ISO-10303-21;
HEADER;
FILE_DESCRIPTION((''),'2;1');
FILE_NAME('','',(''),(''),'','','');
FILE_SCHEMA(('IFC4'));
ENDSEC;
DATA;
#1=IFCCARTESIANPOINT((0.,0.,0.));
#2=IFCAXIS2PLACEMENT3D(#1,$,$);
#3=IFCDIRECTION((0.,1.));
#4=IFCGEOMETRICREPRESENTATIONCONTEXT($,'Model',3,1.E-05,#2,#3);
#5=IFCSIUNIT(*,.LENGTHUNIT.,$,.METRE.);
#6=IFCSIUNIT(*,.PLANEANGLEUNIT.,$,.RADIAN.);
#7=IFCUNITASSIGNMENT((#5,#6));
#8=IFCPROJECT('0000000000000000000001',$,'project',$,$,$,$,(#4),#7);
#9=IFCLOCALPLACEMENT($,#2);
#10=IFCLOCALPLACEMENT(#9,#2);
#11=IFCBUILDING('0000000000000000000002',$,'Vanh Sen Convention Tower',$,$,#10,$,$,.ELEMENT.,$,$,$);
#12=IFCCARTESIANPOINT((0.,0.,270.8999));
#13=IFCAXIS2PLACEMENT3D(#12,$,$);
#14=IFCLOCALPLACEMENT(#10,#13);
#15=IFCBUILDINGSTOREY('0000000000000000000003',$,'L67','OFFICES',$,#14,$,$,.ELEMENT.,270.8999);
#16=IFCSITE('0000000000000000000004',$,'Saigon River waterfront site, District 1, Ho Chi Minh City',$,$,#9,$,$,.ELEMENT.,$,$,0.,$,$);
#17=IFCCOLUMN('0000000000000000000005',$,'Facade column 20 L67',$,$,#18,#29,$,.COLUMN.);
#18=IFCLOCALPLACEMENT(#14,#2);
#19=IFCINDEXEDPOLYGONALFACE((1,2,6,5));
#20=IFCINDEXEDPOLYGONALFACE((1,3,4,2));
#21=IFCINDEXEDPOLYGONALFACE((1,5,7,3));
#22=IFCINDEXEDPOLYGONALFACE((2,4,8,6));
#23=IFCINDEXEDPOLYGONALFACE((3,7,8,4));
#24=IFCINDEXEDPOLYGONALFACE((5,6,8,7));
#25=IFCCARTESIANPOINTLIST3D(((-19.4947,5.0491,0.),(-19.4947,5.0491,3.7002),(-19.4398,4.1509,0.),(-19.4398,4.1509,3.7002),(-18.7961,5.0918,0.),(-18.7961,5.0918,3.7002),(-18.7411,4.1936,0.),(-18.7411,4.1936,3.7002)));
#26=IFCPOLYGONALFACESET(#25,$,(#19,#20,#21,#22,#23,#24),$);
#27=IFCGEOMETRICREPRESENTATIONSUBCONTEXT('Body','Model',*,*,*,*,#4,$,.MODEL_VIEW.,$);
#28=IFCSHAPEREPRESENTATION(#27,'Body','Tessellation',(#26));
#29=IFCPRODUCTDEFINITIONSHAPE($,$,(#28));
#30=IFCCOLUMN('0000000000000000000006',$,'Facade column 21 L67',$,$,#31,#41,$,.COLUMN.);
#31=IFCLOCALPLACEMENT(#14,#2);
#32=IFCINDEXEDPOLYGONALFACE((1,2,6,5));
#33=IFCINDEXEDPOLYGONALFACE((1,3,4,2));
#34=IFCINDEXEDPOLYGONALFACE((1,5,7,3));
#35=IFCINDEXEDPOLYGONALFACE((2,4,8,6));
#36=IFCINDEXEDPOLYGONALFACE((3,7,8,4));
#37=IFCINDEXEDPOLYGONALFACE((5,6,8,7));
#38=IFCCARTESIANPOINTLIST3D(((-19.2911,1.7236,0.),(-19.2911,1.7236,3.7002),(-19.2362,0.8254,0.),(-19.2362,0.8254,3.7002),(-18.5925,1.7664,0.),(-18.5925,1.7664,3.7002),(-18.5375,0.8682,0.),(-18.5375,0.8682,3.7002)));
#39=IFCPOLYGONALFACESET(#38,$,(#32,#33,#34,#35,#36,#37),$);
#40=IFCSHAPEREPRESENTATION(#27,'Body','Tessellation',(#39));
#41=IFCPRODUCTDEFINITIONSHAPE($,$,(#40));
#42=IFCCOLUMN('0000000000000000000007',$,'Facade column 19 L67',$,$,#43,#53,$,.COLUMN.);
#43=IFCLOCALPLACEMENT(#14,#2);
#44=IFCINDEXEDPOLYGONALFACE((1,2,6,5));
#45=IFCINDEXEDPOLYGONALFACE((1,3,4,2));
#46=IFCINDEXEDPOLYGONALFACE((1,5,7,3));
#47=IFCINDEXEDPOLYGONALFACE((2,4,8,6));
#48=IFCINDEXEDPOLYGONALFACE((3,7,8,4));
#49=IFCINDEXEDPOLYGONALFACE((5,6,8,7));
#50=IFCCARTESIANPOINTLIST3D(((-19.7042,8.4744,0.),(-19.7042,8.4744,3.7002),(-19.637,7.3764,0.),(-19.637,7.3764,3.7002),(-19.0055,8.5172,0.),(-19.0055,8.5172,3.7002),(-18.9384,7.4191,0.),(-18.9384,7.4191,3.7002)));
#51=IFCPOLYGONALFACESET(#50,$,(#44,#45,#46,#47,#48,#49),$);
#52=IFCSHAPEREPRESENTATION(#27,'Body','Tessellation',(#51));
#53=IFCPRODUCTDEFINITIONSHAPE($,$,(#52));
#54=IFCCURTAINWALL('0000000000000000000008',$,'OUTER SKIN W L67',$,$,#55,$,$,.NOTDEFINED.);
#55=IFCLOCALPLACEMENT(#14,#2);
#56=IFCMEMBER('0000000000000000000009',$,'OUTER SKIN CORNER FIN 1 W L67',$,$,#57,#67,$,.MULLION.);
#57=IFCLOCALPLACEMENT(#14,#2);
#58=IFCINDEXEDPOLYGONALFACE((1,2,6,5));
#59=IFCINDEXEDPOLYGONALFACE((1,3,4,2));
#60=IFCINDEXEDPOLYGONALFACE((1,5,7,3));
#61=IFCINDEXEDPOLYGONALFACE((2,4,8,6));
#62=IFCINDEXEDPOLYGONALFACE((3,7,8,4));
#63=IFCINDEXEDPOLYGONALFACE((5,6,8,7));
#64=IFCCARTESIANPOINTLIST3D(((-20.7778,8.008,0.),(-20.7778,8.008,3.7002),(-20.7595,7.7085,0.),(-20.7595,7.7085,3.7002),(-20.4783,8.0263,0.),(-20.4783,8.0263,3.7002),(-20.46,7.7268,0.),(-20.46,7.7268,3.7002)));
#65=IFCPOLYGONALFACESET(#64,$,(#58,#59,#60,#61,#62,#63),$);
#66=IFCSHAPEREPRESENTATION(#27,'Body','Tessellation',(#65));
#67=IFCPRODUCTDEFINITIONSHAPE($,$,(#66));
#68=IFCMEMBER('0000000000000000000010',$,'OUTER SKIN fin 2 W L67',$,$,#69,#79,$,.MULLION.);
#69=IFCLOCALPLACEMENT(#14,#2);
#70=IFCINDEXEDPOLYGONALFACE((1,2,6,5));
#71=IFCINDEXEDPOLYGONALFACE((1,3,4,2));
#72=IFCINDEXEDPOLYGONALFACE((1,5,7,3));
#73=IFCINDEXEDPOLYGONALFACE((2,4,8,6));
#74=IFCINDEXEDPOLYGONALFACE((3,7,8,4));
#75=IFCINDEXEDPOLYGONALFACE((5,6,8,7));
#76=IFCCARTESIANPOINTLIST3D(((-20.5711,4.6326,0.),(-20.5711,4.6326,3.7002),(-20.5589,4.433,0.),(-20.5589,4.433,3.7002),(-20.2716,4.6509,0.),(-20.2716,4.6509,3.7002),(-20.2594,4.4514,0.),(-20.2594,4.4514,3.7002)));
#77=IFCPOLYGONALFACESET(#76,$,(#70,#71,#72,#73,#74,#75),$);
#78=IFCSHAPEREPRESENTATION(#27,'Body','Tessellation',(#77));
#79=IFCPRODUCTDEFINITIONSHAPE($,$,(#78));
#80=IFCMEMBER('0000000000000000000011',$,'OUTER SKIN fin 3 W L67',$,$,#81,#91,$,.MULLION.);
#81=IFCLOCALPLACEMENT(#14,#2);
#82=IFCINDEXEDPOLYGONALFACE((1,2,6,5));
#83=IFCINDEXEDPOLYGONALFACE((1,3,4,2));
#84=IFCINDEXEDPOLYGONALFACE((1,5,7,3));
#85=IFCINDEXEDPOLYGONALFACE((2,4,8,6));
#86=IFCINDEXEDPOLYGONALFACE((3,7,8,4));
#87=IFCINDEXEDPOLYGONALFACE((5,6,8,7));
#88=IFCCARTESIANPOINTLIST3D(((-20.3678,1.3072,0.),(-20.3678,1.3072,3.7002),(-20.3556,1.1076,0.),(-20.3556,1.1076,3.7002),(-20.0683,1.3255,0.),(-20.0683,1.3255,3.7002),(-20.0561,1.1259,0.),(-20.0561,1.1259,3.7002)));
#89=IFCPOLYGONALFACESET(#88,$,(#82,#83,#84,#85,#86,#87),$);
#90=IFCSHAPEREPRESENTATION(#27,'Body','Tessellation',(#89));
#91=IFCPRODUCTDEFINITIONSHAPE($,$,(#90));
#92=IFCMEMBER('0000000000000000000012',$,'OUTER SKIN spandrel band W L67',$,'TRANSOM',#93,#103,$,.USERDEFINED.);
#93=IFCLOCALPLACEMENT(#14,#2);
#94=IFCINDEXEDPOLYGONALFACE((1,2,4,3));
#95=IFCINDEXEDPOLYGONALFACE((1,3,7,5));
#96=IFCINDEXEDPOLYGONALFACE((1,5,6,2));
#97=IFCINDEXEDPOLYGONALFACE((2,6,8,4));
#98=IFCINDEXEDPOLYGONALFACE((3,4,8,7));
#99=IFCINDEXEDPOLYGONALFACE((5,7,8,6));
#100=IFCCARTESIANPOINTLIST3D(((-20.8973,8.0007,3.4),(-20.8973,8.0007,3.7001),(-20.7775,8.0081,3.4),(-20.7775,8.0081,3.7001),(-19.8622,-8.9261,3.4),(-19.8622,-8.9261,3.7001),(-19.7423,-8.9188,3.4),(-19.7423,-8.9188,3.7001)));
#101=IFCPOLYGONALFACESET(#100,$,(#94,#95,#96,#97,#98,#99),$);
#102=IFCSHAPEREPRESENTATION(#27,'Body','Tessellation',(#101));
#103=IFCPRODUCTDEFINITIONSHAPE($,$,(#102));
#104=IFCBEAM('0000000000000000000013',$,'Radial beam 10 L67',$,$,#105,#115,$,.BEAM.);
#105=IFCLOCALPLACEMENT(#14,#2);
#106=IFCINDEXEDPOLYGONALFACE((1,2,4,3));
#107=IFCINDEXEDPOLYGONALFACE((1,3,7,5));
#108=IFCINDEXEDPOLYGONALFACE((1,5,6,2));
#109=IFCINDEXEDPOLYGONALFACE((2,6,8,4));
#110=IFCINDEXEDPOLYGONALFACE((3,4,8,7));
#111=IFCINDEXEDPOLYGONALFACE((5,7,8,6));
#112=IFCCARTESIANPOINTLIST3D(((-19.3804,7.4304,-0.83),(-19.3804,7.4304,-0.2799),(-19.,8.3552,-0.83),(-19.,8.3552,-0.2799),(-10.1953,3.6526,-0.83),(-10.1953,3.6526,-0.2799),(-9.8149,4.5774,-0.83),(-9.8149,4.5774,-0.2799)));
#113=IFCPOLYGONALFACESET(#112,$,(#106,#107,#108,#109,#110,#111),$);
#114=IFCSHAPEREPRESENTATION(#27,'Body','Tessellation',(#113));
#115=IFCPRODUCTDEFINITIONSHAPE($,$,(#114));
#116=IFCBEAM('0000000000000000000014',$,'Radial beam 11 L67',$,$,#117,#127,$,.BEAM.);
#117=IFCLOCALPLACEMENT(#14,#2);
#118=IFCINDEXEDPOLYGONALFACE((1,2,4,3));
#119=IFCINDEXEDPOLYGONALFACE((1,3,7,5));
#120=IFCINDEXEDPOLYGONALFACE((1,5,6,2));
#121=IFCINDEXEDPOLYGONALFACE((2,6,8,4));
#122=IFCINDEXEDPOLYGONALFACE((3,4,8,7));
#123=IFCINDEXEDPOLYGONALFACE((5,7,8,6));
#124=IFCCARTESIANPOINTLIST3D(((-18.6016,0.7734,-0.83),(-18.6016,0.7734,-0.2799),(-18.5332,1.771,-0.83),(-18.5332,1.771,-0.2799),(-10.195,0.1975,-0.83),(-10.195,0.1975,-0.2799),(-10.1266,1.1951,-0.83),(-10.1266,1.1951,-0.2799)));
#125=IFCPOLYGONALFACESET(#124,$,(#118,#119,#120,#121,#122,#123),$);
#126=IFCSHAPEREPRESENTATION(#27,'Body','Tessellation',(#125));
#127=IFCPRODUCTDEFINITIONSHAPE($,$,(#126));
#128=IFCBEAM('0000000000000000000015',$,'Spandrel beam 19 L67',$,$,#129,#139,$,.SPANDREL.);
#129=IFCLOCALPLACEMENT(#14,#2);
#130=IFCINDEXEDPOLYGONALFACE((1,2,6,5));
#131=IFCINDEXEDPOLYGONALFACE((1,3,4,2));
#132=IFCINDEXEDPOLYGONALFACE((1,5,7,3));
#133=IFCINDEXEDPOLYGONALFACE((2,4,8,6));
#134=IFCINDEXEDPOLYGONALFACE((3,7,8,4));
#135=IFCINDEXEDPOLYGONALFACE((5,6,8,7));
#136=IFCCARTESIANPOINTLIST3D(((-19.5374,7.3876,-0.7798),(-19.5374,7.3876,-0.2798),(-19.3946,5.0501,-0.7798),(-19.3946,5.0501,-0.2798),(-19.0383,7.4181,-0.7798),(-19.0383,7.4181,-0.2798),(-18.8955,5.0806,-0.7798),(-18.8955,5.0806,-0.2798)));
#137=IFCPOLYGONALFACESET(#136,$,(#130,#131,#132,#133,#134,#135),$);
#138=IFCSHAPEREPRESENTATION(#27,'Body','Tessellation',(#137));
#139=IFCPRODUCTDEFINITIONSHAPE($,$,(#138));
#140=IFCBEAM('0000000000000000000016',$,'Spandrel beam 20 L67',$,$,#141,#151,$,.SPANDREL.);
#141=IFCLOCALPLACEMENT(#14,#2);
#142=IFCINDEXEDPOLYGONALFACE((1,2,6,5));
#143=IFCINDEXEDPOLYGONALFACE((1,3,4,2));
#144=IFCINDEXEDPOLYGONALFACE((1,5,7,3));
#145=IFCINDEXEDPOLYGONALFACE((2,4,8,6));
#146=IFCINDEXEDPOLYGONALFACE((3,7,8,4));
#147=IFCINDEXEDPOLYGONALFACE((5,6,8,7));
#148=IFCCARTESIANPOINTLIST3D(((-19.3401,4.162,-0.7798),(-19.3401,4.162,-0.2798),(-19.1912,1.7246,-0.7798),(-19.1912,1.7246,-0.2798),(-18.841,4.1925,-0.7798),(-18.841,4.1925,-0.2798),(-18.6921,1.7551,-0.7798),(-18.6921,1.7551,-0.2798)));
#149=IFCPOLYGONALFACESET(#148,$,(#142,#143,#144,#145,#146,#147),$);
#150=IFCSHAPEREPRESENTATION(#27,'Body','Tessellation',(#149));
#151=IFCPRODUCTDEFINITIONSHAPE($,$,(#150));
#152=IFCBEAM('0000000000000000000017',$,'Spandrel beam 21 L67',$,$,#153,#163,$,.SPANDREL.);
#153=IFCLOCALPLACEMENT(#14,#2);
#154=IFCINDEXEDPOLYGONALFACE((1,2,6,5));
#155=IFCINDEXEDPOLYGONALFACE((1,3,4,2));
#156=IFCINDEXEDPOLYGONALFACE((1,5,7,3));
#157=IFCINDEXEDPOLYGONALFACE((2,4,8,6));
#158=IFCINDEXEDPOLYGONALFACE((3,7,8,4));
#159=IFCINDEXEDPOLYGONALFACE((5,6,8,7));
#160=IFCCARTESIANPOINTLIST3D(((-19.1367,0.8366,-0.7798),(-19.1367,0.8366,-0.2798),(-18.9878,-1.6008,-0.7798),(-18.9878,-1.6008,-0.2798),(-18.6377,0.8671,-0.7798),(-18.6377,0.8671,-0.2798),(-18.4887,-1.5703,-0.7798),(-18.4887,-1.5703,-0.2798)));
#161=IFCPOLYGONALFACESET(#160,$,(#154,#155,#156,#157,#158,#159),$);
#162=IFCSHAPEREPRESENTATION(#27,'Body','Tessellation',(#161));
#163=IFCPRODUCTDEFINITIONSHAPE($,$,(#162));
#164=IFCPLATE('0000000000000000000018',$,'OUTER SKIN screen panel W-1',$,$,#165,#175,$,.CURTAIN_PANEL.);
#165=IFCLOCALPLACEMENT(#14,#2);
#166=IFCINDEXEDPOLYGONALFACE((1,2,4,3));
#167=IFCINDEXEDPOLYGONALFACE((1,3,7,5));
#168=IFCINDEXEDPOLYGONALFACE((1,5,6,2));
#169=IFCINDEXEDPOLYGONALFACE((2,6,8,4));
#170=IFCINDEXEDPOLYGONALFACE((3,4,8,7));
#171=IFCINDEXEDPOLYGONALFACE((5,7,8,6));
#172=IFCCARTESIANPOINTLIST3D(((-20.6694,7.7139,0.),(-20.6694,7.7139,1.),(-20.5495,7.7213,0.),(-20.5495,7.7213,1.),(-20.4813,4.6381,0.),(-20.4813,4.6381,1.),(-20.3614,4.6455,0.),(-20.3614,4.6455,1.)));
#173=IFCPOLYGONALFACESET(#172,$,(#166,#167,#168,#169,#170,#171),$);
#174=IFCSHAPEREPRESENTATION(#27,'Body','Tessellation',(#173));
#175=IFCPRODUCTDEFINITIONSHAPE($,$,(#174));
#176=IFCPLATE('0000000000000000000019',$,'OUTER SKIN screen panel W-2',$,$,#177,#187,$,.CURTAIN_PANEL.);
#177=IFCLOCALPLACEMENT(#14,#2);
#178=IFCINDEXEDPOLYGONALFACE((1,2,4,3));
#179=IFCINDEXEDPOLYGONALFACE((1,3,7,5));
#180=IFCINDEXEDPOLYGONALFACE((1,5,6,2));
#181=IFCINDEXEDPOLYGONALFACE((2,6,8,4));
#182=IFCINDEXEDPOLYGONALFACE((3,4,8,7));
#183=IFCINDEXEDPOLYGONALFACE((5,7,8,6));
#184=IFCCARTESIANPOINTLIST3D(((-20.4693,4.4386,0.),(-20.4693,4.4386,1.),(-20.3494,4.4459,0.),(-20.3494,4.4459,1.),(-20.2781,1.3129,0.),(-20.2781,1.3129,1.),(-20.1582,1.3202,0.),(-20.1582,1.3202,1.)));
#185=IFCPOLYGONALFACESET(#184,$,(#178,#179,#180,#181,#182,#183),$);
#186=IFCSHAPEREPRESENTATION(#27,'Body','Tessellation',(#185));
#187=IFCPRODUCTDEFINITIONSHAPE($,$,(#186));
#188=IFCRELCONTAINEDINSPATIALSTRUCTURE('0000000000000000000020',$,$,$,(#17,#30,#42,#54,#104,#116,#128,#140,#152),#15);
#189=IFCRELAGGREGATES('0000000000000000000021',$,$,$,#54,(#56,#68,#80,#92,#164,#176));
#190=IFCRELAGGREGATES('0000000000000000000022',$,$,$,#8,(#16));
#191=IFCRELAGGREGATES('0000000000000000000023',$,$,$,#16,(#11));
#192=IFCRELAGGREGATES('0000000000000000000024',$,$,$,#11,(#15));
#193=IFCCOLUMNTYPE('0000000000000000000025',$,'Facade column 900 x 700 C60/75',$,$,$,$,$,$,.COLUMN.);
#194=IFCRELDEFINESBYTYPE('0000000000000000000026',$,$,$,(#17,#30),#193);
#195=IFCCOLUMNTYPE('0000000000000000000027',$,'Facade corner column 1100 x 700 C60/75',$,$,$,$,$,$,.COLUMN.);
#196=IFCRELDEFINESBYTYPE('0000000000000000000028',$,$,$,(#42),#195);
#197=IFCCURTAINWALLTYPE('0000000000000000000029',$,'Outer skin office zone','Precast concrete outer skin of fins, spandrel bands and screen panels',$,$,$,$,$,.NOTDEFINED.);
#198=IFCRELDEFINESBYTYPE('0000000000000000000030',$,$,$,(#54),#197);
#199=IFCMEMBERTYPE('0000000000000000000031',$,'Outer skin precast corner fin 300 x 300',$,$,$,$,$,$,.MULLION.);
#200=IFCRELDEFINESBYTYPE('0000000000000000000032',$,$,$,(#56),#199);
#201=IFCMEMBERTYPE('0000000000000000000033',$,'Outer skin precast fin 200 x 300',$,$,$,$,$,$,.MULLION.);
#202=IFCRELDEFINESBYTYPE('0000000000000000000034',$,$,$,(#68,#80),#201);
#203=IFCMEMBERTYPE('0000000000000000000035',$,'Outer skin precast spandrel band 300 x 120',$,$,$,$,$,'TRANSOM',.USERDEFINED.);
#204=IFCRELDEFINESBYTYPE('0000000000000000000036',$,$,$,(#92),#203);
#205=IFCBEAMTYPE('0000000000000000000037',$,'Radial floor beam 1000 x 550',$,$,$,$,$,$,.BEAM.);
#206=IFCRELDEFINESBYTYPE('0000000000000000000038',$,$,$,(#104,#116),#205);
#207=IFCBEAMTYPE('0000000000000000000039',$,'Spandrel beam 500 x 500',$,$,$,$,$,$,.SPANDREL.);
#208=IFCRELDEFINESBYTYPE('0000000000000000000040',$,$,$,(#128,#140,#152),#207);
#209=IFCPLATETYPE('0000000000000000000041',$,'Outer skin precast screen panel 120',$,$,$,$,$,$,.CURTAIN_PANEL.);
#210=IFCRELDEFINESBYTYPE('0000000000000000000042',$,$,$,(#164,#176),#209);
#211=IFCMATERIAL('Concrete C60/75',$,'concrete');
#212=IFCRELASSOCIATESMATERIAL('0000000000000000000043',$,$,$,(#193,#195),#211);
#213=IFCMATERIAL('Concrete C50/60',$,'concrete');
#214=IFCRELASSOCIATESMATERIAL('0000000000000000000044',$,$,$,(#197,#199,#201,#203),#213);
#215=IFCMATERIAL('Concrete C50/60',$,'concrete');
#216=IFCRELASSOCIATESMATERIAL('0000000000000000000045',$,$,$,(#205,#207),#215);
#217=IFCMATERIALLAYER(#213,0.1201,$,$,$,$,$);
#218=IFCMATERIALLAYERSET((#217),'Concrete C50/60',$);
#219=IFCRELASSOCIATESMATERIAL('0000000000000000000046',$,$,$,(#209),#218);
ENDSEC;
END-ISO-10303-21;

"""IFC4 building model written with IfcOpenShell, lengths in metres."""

from ifc_helpers import new_model, si_unit, direction, frame, origin, origin_2d, place, context, subcontext, project, spatial, rectangle, extrude, material, layer, layer_set, material_profile, profile_set, type_object, element, aggregate, save


model = new_model("IFC4")

# Units and contexts
model_context = context("Model", 3, precision=1e-05, world=origin(), true_north=direction((0.0, 1.0)))
body_context = subcontext(model_context, "Body", "Model", "MODEL_VIEW")
ifc_project = project(units=[si_unit("LENGTHUNIT", "METRE"), si_unit("PLANEANGLEUNIT", "RADIAN")], contexts=[model_context])

# Site, building, storey
site_placement = place(None, origin())
site = spatial("IfcSite", under=ifc_project, at=site_placement, Name="Saigon River waterfront site, District 1, Ho Chi Minh City", CompositionType="ELEMENT", RefElevation=0.0)
building_placement = place(site_placement, origin())
building = spatial("IfcBuilding", under=site, at=building_placement, Name="Vanh Sen Convention Tower", CompositionType="ELEMENT")
storey_placement = place(building_placement, frame((0.0, 0.0, 270.8999)))
storey = spatial("IfcBuildingStorey", under=building, at=storey_placement, Name="L67", Description="OFFICES", CompositionType="ELEMENT", Elevation=270.8999)

# Columns
ifc_material_1 = material(Name="Concrete C60/75", Category="concrete")
ifc_material_profile_1 = material_profile(ifc_material_1, rectangle(XDim=0.8999, YDim=0.7, at=origin_2d()), Name="RC 900X700")
ifc_profile_set_1 = profile_set([ifc_material_profile_1], Name="Concrete C60/75")
column_type_1 = type_object("IfcColumnType", Name="Facade column 900 x 700 C60/75", PredefinedType="COLUMN", material=ifc_profile_set_1)
for number, where, z_axis, x_axis, name in (
    (1, (-19.1179, 4.6213, 0.0), (0.0, 0.0, 1.0), (0.061049, -0.998135, 0.0), "Facade column 20 L67"),
    (2, (-18.9143, 1.2959, 0.0), (0.0, 0.0, 1.0), (0.061049, -0.998135, 0.0), "Facade column 21 L67"),
):
    element("IfcColumn", number, at=place(storey_placement, frame(where, z_axis=z_axis, x_axis=x_axis)), inside=storey, type_object=column_type_1, Name=name, PredefinedType="COLUMN", context=body_context, shape_type="SweptSolid", body=[
        extrude(rectangle(XDim=0.8999, YDim=0.7, at=origin_2d()), origin(), (0.0, 0.0, 1.0), 3.7002),
    ])
ifc_material_profile_2 = material_profile(ifc_material_1, rectangle(XDim=1.1001, YDim=0.7, at=origin_2d()), Name="RC 1100X700")
ifc_profile_set_2 = profile_set([ifc_material_profile_2], Name="Concrete C60/75")
column_type_2 = type_object("IfcColumnType", Name="Facade corner column 1100 x 700 C60/75", PredefinedType="COLUMN", material=ifc_profile_set_2)
column_placement = place(storey_placement, frame((-19.3213, 7.9468, 0.0), z_axis=(0.0, 0.0, 1.0), x_axis=(0.061049, -0.998135, 0.0)))
element("IfcColumn", 3, at=column_placement, inside=storey, type_object=column_type_2, Name="Facade column 19 L67", PredefinedType="COLUMN", context=body_context, shape_type="SweptSolid", body=[
    extrude(rectangle(XDim=1.1001, YDim=0.7, at=origin_2d()), origin(), (0.0, 0.0, 1.0), 3.7002),
])

# Curtain wall, members
ifc_material_2 = material(Name="Concrete C50/60", Category="concrete")
curtain_wall_type = type_object("IfcCurtainWallType", Name="Outer skin office zone", Description="Precast concrete outer skin of fins, spandrel bands and screen panels", PredefinedType="NOTDEFINED", material=ifc_material_2)
curtain_wall_placement = place(storey_placement, origin())
curtain_wall = element("IfcCurtainWall", 4, at=curtain_wall_placement, inside=storey, type_object=curtain_wall_type, Name="OUTER SKIN W L67", PredefinedType="NOTDEFINED")
ifc_material_profile_3 = material_profile(ifc_material_2, rectangle(XDim=0.3, YDim=0.3, at=origin_2d()), Name="Outer skin precast corner fin 300 x 300")
ifc_profile_set_3 = profile_set([ifc_material_profile_3], Name="Concrete C50/60")
member_type_1 = type_object("IfcMemberType", Name="Outer skin precast corner fin 300 x 300", PredefinedType="MULLION", material=ifc_profile_set_3)
member_1_placement = place(storey_placement, frame((-20.6189, 7.8674, 0.0), z_axis=(0.0, 0.0, 1.0), x_axis=(0.061049, -0.998135, 0.0)))
member_1 = element("IfcMember", 5, at=member_1_placement, type_object=member_type_1, Name="OUTER SKIN CORNER FIN 1 W L67", PredefinedType="MULLION", context=body_context, shape_type="SweptSolid", body=[
    extrude(rectangle(XDim=0.3, YDim=0.3, at=origin_2d()), origin(), (0.0, 0.0, 1.0), 3.7002),
])
ifc_material_profile_4 = material_profile(ifc_material_2, rectangle(XDim=0.2, YDim=0.3, at=origin_2d()), Name="Outer skin precast fin 200 x 300")
ifc_profile_set_4 = profile_set([ifc_material_profile_4], Name="Concrete C50/60")
member_type_2 = type_object("IfcMemberType", Name="Outer skin precast fin 200 x 300", PredefinedType="MULLION", material=ifc_profile_set_4)
member_2_placement = place(storey_placement, frame((-20.4153, 4.542, 0.0), z_axis=(0.0, 0.0, 1.0), x_axis=(0.061049, -0.998135, 0.0)))
member_2 = element("IfcMember", 6, at=member_2_placement, type_object=member_type_2, Name="OUTER SKIN fin 2 W L67", PredefinedType="MULLION", context=body_context, shape_type="SweptSolid", body=[
    extrude(rectangle(XDim=0.2, YDim=0.3, at=origin_2d()), origin(), (0.0, 0.0, 1.0), 3.7002),
])
member_3_placement = place(storey_placement, frame((-20.2119, 1.2166, 0.0), z_axis=(0.0, 0.0, 1.0), x_axis=(0.061049, -0.998135, 0.0)))
member_3 = element("IfcMember", 7, at=member_3_placement, type_object=member_type_2, Name="OUTER SKIN fin 3 W L67", PredefinedType="MULLION", context=body_context, shape_type="SweptSolid", body=[
    extrude(rectangle(XDim=0.2, YDim=0.3, at=origin_2d()), origin(), (0.0, 0.0, 1.0), 3.7002),
])
ifc_material_profile_5 = material_profile(ifc_material_2, rectangle(XDim=0.1201, YDim=0.3, at=origin_2d()), Name="Outer skin precast spandrel band 300 x 120")
ifc_profile_set_5 = profile_set([ifc_material_profile_5], Name="Concrete C50/60")
member_type_3 = type_object("IfcMemberType", Name="Outer skin precast spandrel band 300 x 120", ElementType="TRANSOM", PredefinedType="USERDEFINED", material=ifc_profile_set_5)
member_4_placement = place(storey_placement, frame((-20.8374, 8.0044, 3.55), z_axis=(0.061041, -0.998135, 0.0), x_axis=(0.998135, 0.061041, 0.0)))
member_4 = element("IfcMember", 8, at=member_4_placement, type_object=member_type_3, Name="OUTER SKIN spandrel band W L67", ObjectType="TRANSOM", PredefinedType="USERDEFINED", context=body_context, shape_type="SweptSolid", body=[
    extrude(rectangle(XDim=0.1201, YDim=0.3, at=origin_2d()), origin(), (0.0, 0.0, 1.0), 16.9585),
])

# Beams
ifc_material_3 = material(Name="Concrete C50/60", Category="concrete")
ifc_material_profile_6 = material_profile(ifc_material_3, rectangle(XDim=1.0, YDim=0.55, at=origin_2d()), Name="RC 1000X550")
ifc_profile_set_6 = profile_set([ifc_material_profile_6], Name="Concrete C50/60")
beam_type_1 = type_object("IfcBeamType", Name="Radial floor beam 1000 x 550", PredefinedType="BEAM", material=ifc_profile_set_6)
beam_1_placement = place(storey_placement, frame((-19.1902, 7.8928, -0.5549), z_axis=(0.924829, -0.380384, 0.0), x_axis=(0.380384, 0.924829, 0.0)))
element("IfcBeam", 9, at=beam_1_placement, inside=storey, type_object=beam_type_1, Name="Radial beam 10 L67", PredefinedType="BEAM", context=body_context, shape_type="SweptSolid", body=[
    extrude(rectangle(XDim=1.0, YDim=0.55, at=origin_2d()), origin(), (0.0, 0.0, 1.0), 9.9316),
])
beam_2_placement = place(storey_placement, frame((-18.5674, 1.2722, -0.5549), z_axis=(0.997661, -0.06835, 0.0), x_axis=(0.06835, 0.997661, 0.0)))
element("IfcBeam", 10, at=beam_2_placement, inside=storey, type_object=beam_type_1, Name="Radial beam 11 L67", PredefinedType="BEAM", context=body_context, shape_type="SweptSolid", body=[
    extrude(rectangle(XDim=1.0, YDim=0.55, at=origin_2d()), origin(), (0.0, 0.0, 1.0), 8.4263),
])
ifc_material_profile_7 = material_profile(ifc_material_3, rectangle(XDim=0.5, YDim=0.5, at=origin_2d()), Name="RC 500X500")
ifc_profile_set_7 = profile_set([ifc_material_profile_7], Name="Concrete C50/60")
beam_type_2 = type_object("IfcBeamType", Name="Spandrel beam 500 x 500", PredefinedType="SPANDREL", material=ifc_profile_set_7)
beam_3_placement = place(storey_placement, frame((-19.2878, 7.4028, -0.5298), z_axis=(0.060989, -0.998138, 0.0), x_axis=(0.998138, 0.060989, 0.0)))
element("IfcBeam", 11, at=beam_3_placement, inside=storey, type_object=beam_type_2, Name="Spandrel beam 19 L67", PredefinedType="SPANDREL", context=body_context, shape_type="SweptSolid", body=[
    extrude(rectangle(XDim=0.5, YDim=0.5, at=origin_2d()), origin(), (0.0, 0.0, 1.0), 2.3418),
])
for number, where, z_axis, x_axis, name in (
    (12, (-19.0906, 4.1772, -0.5298), (0.06099, -0.998138, 0.0), (0.998138, 0.06099, 0.0), "Spandrel beam 20 L67"),
    (13, (-18.8872, 0.8518, -0.5298), (0.06099, -0.998138, 0.0), (0.998138, 0.06099, 0.0), "Spandrel beam 21 L67"),
):
    element("IfcBeam", number, at=place(storey_placement, frame(where, z_axis=z_axis, x_axis=x_axis)), inside=storey, type_object=beam_type_2, Name=name, PredefinedType="SPANDREL", context=body_context, shape_type="SweptSolid", body=[
        extrude(rectangle(XDim=0.5, YDim=0.5, at=origin_2d()), origin(), (0.0, 0.0, 1.0), 2.4419),
    ])

# Plates
ifc_layer_1 = layer(ifc_material_2, 0.1201)
ifc_layer_set_1 = layer_set([ifc_layer_1], Name="Concrete C50/60")
plate_type = type_object("IfcPlateType", Name="Outer skin precast screen panel 120", PredefinedType="CURTAIN_PANEL", material=ifc_layer_set_1)
plate_1_placement = place(storey_placement, frame((-20.5154, 6.1797, 0.0), z_axis=(0.0, 0.0, 1.0), x_axis=(0.061052, -0.998135, 0.0)))
plate_1 = element("IfcPlate", 14, at=plate_1_placement, type_object=plate_type, Name="OUTER SKIN screen panel W-1", PredefinedType="CURTAIN_PANEL", context=body_context, shape_type="SweptSolid", body=[
    extrude(rectangle(XDim=3.0815, YDim=0.1201, at=origin_2d()), origin(), (0.0, 0.0, 1.0), 1.0),
])
plate_2_placement = place(storey_placement, frame((-20.3137, 2.8794, 0.0), z_axis=(0.0, 0.0, 1.0), x_axis=(0.06105, -0.998135, 0.0)))
plate_2 = element("IfcPlate", 15, at=plate_2_placement, type_object=plate_type, Name="OUTER SKIN screen panel W-2", PredefinedType="CURTAIN_PANEL", context=body_context, shape_type="SweptSolid", body=[
    extrude(rectangle(XDim=3.1316, YDim=0.1201, at=origin_2d()), origin(), (0.0, 0.0, 1.0), 1.0),
])
aggregate(curtain_wall, [member_1, member_2, member_3, member_4, plate_1, plate_2])

save(model, "model.ifc")
